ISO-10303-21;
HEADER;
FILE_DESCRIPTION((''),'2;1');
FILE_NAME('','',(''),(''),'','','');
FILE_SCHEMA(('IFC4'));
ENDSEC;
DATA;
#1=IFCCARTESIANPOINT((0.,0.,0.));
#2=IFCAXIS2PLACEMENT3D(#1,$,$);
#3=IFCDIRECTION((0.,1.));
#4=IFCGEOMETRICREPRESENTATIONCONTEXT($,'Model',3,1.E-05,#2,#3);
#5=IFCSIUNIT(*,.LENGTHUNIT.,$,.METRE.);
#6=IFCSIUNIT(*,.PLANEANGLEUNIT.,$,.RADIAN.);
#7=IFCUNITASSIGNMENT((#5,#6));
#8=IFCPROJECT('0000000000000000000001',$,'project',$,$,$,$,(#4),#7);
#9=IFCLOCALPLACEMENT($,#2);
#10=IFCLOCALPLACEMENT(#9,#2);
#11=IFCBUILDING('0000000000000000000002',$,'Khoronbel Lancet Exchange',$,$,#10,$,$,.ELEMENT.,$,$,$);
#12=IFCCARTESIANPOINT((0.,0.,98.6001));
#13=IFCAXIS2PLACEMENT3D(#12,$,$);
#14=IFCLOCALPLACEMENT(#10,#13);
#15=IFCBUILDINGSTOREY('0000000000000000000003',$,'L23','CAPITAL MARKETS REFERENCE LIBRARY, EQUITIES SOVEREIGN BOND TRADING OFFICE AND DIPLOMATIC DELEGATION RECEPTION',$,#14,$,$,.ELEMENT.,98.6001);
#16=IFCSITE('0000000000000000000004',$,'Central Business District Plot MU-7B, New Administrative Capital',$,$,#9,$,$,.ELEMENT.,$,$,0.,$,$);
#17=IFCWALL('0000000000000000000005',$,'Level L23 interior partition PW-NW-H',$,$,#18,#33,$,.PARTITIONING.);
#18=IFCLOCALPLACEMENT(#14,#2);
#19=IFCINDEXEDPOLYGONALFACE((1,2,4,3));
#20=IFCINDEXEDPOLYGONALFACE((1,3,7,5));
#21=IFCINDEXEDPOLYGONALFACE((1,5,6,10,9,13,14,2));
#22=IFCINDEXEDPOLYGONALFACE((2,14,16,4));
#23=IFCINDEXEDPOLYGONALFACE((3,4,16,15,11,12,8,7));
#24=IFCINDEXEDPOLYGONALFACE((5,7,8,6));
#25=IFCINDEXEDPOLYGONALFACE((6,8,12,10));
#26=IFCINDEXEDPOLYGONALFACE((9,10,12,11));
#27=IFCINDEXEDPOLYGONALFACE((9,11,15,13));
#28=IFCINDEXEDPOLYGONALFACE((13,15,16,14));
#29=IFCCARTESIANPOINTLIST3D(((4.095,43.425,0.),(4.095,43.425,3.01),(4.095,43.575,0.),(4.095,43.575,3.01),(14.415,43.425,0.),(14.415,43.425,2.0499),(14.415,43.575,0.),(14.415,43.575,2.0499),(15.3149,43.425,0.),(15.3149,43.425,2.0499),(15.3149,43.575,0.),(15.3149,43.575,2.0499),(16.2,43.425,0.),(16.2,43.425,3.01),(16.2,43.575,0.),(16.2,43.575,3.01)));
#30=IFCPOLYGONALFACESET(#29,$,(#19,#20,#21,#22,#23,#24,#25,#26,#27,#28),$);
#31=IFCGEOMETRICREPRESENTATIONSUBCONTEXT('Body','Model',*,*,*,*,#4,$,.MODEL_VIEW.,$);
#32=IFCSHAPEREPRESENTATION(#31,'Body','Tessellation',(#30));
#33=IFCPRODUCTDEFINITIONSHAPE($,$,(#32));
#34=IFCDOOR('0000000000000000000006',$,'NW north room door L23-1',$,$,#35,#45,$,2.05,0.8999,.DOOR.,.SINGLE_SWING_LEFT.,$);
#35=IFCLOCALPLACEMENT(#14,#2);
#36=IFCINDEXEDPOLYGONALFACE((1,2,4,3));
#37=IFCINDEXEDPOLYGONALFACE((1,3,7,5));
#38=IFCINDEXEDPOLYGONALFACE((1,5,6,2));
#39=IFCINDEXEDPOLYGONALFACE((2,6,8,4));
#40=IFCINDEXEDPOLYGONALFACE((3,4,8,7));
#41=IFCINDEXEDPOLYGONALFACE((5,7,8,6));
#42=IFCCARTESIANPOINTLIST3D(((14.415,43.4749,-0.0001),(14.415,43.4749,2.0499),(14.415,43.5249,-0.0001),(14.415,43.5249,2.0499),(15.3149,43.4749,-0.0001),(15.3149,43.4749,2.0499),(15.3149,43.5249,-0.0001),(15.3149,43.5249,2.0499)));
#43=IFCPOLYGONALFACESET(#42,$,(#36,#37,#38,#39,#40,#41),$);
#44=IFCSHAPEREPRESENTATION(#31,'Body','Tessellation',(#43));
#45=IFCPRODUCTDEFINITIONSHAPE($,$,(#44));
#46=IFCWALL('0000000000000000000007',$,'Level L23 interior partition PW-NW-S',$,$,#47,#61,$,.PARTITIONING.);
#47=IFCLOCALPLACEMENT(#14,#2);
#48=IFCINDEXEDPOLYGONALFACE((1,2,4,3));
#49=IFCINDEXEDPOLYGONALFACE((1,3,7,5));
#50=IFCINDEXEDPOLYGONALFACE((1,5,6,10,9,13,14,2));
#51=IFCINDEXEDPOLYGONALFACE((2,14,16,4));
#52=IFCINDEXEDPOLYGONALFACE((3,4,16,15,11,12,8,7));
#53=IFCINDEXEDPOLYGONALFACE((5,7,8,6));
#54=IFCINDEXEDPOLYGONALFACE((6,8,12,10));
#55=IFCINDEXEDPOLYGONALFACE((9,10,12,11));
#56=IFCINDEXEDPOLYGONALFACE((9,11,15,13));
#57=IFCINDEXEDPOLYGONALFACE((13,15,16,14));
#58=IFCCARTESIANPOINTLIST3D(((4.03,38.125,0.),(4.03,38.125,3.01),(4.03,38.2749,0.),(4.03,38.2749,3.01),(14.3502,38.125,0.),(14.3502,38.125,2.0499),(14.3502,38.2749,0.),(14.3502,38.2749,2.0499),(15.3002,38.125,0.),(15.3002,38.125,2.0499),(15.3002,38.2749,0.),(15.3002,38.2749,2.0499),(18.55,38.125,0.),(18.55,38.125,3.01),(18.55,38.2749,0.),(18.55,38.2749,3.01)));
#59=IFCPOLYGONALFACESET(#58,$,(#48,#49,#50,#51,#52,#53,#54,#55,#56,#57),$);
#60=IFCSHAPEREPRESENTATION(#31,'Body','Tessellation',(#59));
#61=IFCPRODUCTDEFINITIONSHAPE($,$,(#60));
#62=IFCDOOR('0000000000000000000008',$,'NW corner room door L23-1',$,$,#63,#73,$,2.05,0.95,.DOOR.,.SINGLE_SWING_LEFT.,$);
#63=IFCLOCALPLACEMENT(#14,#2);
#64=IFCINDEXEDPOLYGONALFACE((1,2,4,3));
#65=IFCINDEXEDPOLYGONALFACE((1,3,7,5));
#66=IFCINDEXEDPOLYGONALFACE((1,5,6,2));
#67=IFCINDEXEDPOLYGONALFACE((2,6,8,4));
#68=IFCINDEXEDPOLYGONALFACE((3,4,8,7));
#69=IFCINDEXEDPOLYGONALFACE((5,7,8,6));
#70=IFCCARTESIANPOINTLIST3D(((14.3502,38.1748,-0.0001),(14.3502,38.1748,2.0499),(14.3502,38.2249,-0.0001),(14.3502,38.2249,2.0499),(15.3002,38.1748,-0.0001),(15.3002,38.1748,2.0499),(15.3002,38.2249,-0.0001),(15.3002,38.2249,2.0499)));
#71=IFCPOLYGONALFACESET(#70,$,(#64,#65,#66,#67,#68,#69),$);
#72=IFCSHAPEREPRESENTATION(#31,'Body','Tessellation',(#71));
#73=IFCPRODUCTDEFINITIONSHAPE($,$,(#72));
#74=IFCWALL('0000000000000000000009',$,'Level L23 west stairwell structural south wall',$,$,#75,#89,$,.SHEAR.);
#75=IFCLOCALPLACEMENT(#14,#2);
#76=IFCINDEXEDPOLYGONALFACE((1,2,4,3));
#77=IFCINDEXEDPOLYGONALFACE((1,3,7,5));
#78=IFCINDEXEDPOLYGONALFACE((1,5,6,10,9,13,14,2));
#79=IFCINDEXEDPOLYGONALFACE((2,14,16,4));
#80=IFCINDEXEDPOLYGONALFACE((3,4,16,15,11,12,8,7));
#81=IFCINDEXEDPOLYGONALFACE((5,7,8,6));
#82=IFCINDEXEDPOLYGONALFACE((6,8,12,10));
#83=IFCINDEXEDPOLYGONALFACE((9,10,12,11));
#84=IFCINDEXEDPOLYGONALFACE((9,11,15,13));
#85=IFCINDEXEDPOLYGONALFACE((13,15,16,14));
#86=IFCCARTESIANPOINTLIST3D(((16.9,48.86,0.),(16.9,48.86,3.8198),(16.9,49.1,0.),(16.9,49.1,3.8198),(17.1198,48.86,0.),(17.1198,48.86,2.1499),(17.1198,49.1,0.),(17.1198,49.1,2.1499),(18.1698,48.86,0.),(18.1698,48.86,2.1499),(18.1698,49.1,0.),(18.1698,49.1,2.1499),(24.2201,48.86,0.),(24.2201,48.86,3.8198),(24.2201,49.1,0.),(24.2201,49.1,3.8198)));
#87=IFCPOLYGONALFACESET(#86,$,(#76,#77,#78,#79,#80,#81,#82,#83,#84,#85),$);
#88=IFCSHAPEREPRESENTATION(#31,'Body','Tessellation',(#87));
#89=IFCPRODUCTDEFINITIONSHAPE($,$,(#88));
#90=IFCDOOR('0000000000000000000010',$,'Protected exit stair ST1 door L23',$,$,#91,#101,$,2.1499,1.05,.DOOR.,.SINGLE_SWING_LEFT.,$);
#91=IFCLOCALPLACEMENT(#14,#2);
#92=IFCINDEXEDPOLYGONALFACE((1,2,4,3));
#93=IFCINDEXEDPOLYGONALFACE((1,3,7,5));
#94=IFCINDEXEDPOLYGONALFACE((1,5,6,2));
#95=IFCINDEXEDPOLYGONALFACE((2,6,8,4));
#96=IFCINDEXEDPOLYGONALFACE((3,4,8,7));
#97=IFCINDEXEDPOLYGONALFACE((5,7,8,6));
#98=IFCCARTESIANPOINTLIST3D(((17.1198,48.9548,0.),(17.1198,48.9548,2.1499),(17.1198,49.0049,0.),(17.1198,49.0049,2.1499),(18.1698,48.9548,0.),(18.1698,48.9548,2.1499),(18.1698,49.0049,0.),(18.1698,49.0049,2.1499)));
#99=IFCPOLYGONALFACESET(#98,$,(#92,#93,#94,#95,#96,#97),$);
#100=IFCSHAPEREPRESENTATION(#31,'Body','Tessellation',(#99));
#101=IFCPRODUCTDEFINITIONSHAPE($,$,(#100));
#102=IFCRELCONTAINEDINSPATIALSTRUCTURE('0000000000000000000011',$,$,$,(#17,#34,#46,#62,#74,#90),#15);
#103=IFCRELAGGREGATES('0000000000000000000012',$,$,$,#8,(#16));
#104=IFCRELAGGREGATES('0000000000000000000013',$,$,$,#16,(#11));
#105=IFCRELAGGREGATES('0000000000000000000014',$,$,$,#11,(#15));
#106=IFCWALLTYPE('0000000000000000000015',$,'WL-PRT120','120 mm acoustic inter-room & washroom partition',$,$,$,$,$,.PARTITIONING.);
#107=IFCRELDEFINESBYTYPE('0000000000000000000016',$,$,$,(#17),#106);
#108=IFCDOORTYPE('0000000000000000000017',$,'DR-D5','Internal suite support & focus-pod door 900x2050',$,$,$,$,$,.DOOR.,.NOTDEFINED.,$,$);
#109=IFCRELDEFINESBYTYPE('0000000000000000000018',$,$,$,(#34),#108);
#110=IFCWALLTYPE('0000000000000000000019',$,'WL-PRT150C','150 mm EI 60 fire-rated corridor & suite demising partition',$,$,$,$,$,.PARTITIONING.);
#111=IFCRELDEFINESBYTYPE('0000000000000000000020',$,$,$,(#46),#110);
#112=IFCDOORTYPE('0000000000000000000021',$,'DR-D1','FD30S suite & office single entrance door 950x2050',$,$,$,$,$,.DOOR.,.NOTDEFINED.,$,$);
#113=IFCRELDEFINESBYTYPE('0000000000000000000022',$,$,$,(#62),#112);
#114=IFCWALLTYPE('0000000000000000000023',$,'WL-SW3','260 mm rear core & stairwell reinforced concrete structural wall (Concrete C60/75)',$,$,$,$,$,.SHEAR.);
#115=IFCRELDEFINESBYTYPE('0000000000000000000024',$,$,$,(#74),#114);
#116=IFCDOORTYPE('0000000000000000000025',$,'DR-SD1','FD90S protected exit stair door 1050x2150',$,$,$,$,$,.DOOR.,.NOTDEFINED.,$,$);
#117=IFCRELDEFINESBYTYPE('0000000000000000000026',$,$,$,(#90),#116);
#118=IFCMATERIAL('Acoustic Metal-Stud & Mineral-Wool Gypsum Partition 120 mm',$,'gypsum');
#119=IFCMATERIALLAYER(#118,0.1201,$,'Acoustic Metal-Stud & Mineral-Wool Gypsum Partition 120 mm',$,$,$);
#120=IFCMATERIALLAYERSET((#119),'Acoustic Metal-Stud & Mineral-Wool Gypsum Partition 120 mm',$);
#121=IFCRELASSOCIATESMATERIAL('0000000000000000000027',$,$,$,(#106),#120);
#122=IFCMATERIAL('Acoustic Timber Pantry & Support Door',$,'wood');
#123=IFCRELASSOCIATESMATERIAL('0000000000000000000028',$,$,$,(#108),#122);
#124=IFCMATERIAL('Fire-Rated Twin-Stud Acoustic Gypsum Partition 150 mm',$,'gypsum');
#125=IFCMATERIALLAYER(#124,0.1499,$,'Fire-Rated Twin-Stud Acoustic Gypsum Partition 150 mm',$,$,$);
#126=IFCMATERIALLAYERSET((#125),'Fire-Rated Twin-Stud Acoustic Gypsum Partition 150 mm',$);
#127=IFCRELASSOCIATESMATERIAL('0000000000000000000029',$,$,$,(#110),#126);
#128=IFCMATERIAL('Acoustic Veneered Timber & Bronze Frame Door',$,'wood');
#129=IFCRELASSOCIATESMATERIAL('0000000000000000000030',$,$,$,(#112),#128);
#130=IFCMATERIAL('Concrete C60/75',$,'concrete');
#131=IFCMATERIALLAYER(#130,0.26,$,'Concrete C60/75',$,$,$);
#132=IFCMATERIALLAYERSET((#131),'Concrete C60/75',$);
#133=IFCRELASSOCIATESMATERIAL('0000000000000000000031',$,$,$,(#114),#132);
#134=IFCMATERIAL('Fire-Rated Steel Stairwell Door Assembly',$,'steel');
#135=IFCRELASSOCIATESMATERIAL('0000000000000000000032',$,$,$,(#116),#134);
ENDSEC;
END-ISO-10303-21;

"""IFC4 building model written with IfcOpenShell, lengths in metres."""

from ifc_helpers import new_model, si_unit, direction, frame, frame_2d, origin, place, context, subcontext, project, spatial, rectangle, extrude, material, layer, layer_set, type_object, element, fill, save


model = new_model("IFC4")

# Units and contexts
model_context = context("Model", 3, precision=1e-05, world=origin(), true_north=direction((0.0, 1.0)))
body_context = subcontext(model_context, "Body", "Model", "MODEL_VIEW")
ifc_project = project(units=[si_unit("LENGTHUNIT", "METRE"), si_unit("PLANEANGLEUNIT", "RADIAN")], contexts=[model_context])

# Site, building, storey
site_placement = place(None, origin())
site = spatial("IfcSite", under=ifc_project, at=site_placement, Name="Central Business District Plot MU-7B, New Administrative Capital", CompositionType="ELEMENT", RefElevation=0.0)
building_placement = place(site_placement, origin())
building = spatial("IfcBuilding", under=site, at=building_placement, Name="Khoronbel Lancet Exchange", CompositionType="ELEMENT")
storey_placement = place(building_placement, frame((0.0, 0.0, 98.6001)))
storey = spatial("IfcBuildingStorey", under=building, at=storey_placement, Name="L23", Description="CAPITAL MARKETS REFERENCE LIBRARY, EQUITIES SOVEREIGN BOND TRADING OFFICE AND DIPLOMATIC DELEGATION RECEPTION", CompositionType="ELEMENT", Elevation=98.6001)

# Walls, openings, doors
ifc_material_1 = material(Name="Acoustic Metal-Stud & Mineral-Wool Gypsum Partition 120 mm", Category="gypsum")
ifc_layer_1 = layer(ifc_material_1, 0.1201, Name="Acoustic Metal-Stud & Mineral-Wool Gypsum Partition 120 mm")
ifc_layer_set_1 = layer_set([ifc_layer_1], Name="Acoustic Metal-Stud & Mineral-Wool Gypsum Partition 120 mm")
wall_type_1 = type_object("IfcWallType", Name="WL-PRT120", Description="120 mm acoustic inter-room & washroom partition", PredefinedType="PARTITIONING", material=ifc_layer_set_1)
wall_1_placement = place(storey_placement, frame((4.095, 43.5, 0.0), z_axis=(0.0, 0.0, 1.0), x_axis=(1.0, 0.0, 0.0)))
wall_1 = element("IfcWall", 1, at=wall_1_placement, inside=storey, type_object=wall_type_1, Name="Level L23 interior partition PW-NW-H", PredefinedType="PARTITIONING", context=body_context, shape_type="SweptSolid", body=[
    extrude(rectangle(XDim=12.105, YDim=0.1499, at=frame_2d((6.0525, 0.0))), origin(), (0.0, 0.0, 1.0), 3.01),
])
opening_1_placement = place(wall_1_placement, frame((10.3201, 0.0, 0.0)))
opening_1 = element("IfcOpeningElement", 2, at=opening_1_placement, cuts=wall_1, PredefinedType="OPENING", context=body_context, shape_type="SweptSolid", body=[
    extrude(rectangle(XDim=0.8999, YDim=2.05, at=frame_2d((0.45, 1.0249))), frame((0.0, 0.085, 0.0), z_axis=(0.0, -1.0, 0.0), x_axis=(1.0, 0.0, 0.0)), (0.0, 0.0, 1.0), 0.1699),
])
ifc_material_2 = material(Name="Acoustic Timber Pantry & Support Door", Category="wood")
door_type_1 = type_object("IfcDoorType", Name="DR-D5", Description="Internal suite support & focus-pod door 900x2050", OperationType="NOTDEFINED", PredefinedType="DOOR", material=ifc_material_2)
door_1_placement = place(opening_1_placement, origin())
door_1 = element("IfcDoor", 3, at=door_1_placement, inside=storey, type_object=door_type_1, Name="NW north room door L23-1", OperationType="SINGLE_SWING_LEFT", OverallHeight=2.05, OverallWidth=0.8999, PredefinedType="DOOR", context=body_context, shape_type="SweptSolid", body=[
    extrude(rectangle(XDim=0.8999, YDim=2.05, at=frame_2d((0.45, 1.0249))), frame((0.0, 0.0249, 0.0), z_axis=(0.0, -1.0, 0.0), x_axis=(1.0, 0.0, 0.0)), (0.0, 0.0, 1.0), 0.05),
])
fill(opening_1, door_1)
ifc_material_3 = material(Name="Fire-Rated Twin-Stud Acoustic Gypsum Partition 150 mm", Category="gypsum")
ifc_layer_2 = layer(ifc_material_3, 0.1499, Name="Fire-Rated Twin-Stud Acoustic Gypsum Partition 150 mm")
ifc_layer_set_2 = layer_set([ifc_layer_2], Name="Fire-Rated Twin-Stud Acoustic Gypsum Partition 150 mm")
wall_type_2 = type_object("IfcWallType", Name="WL-PRT150C", Description="150 mm EI 60 fire-rated corridor & suite demising partition", PredefinedType="PARTITIONING", material=ifc_layer_set_2)
wall_2_placement = place(storey_placement, frame((4.03, 38.2, 0.0), z_axis=(0.0, 0.0, 1.0), x_axis=(1.0, 0.0, 0.0)))
wall_2 = element("IfcWall", 4, at=wall_2_placement, inside=storey, type_object=wall_type_2, Name="Level L23 interior partition PW-NW-S", PredefinedType="PARTITIONING", context=body_context, shape_type="SweptSolid", body=[
    extrude(rectangle(XDim=14.52, YDim=0.1499, at=frame_2d((7.26, 0.0))), origin(), (0.0, 0.0, 1.0), 3.01),
])
opening_2_placement = place(wall_2_placement, frame((10.3201, 0.0, 0.0)))
opening_2 = element("IfcOpeningElement", 5, at=opening_2_placement, cuts=wall_2, PredefinedType="OPENING", context=body_context, shape_type="SweptSolid", body=[
    extrude(rectangle(XDim=0.95, YDim=2.05, at=frame_2d((0.4751, 1.0249))), frame((0.0, 0.085, 0.0), z_axis=(0.0, -1.0, 0.0), x_axis=(1.0, 0.0, 0.0)), (0.0, 0.0, 1.0), 0.1699),
])
ifc_material_4 = material(Name="Acoustic Veneered Timber & Bronze Frame Door", Category="wood")
door_type_2 = type_object("IfcDoorType", Name="DR-D1", Description="FD30S suite & office single entrance door 950x2050", OperationType="NOTDEFINED", PredefinedType="DOOR", material=ifc_material_4)
door_2_placement = place(opening_2_placement, origin())
door_2 = element("IfcDoor", 6, at=door_2_placement, inside=storey, type_object=door_type_2, Name="NW corner room door L23-1", OperationType="SINGLE_SWING_LEFT", OverallHeight=2.05, OverallWidth=0.95, PredefinedType="DOOR", context=body_context, shape_type="SweptSolid", body=[
    extrude(rectangle(XDim=0.95, YDim=2.05, at=frame_2d((0.4751, 1.0249))), frame((0.0, 0.0249, 0.0), z_axis=(0.0, -1.0, 0.0), x_axis=(1.0, 0.0, 0.0)), (0.0, 0.0, 1.0), 0.05),
])
fill(opening_2, door_2)
ifc_material_5 = material(Name="Concrete C60/75", Category="concrete")
ifc_layer_3 = layer(ifc_material_5, 0.26, Name="Concrete C60/75")
ifc_layer_set_3 = layer_set([ifc_layer_3], Name="Concrete C60/75")
wall_type_3 = type_object("IfcWallType", Name="WL-SW3", Description="260 mm rear core & stairwell reinforced concrete structural wall (Concrete C60/75)", PredefinedType="SHEAR", material=ifc_layer_set_3)
wall_3_placement = place(storey_placement, frame((16.8999, 48.98, 0.0), z_axis=(0.0, 0.0, 1.0), x_axis=(1.0, 0.0, 0.0)))
wall_3 = element("IfcWall", 7, at=wall_3_placement, inside=storey, type_object=wall_type_3, Name="Level L23 west stairwell structural south wall", PredefinedType="SHEAR", context=body_context, shape_type="SweptSolid", body=[
    extrude(rectangle(XDim=7.3201, YDim=0.24, at=frame_2d((3.6602, 0.0))), origin(), (0.0, 0.0, 1.0), 3.8198),
])
opening_3_placement = place(wall_3_placement, frame((0.22, 0.0, 0.0)))
opening_3 = element("IfcOpeningElement", 8, at=opening_3_placement, cuts=wall_3, PredefinedType="OPENING", context=body_context, shape_type="SweptSolid", body=[
    extrude(rectangle(XDim=1.05, YDim=2.1499, at=frame_2d((0.5249, 1.075))), frame((0.0, 0.1299, 0.0), z_axis=(0.0, -1.0, 0.0), x_axis=(1.0, 0.0, 0.0)), (0.0, 0.0, 1.0), 0.26),
])
ifc_material_6 = material(Name="Fire-Rated Steel Stairwell Door Assembly", Category="steel")
door_type_3 = type_object("IfcDoorType", Name="DR-SD1", Description="FD90S protected exit stair door 1050x2150", OperationType="NOTDEFINED", PredefinedType="DOOR", material=ifc_material_6)
door_3_placement = place(opening_3_placement, origin())
door_3 = element("IfcDoor", 9, at=door_3_placement, inside=storey, type_object=door_type_3, Name="Protected exit stair ST1 door L23", OperationType="SINGLE_SWING_LEFT", OverallHeight=2.1499, OverallWidth=1.05, PredefinedType="DOOR", context=body_context, shape_type="SweptSolid", body=[
    extrude(rectangle(XDim=1.05, YDim=2.1499, at=frame_2d((0.5249, 1.075))), frame((0.0, 0.0249, 0.0), z_axis=(0.0, -1.0, 0.0), x_axis=(1.0, 0.0, 0.0)), (0.0, 0.0, 1.0), 0.05),
])
fill(opening_3, door_3)

save(model, "model.ifc")
